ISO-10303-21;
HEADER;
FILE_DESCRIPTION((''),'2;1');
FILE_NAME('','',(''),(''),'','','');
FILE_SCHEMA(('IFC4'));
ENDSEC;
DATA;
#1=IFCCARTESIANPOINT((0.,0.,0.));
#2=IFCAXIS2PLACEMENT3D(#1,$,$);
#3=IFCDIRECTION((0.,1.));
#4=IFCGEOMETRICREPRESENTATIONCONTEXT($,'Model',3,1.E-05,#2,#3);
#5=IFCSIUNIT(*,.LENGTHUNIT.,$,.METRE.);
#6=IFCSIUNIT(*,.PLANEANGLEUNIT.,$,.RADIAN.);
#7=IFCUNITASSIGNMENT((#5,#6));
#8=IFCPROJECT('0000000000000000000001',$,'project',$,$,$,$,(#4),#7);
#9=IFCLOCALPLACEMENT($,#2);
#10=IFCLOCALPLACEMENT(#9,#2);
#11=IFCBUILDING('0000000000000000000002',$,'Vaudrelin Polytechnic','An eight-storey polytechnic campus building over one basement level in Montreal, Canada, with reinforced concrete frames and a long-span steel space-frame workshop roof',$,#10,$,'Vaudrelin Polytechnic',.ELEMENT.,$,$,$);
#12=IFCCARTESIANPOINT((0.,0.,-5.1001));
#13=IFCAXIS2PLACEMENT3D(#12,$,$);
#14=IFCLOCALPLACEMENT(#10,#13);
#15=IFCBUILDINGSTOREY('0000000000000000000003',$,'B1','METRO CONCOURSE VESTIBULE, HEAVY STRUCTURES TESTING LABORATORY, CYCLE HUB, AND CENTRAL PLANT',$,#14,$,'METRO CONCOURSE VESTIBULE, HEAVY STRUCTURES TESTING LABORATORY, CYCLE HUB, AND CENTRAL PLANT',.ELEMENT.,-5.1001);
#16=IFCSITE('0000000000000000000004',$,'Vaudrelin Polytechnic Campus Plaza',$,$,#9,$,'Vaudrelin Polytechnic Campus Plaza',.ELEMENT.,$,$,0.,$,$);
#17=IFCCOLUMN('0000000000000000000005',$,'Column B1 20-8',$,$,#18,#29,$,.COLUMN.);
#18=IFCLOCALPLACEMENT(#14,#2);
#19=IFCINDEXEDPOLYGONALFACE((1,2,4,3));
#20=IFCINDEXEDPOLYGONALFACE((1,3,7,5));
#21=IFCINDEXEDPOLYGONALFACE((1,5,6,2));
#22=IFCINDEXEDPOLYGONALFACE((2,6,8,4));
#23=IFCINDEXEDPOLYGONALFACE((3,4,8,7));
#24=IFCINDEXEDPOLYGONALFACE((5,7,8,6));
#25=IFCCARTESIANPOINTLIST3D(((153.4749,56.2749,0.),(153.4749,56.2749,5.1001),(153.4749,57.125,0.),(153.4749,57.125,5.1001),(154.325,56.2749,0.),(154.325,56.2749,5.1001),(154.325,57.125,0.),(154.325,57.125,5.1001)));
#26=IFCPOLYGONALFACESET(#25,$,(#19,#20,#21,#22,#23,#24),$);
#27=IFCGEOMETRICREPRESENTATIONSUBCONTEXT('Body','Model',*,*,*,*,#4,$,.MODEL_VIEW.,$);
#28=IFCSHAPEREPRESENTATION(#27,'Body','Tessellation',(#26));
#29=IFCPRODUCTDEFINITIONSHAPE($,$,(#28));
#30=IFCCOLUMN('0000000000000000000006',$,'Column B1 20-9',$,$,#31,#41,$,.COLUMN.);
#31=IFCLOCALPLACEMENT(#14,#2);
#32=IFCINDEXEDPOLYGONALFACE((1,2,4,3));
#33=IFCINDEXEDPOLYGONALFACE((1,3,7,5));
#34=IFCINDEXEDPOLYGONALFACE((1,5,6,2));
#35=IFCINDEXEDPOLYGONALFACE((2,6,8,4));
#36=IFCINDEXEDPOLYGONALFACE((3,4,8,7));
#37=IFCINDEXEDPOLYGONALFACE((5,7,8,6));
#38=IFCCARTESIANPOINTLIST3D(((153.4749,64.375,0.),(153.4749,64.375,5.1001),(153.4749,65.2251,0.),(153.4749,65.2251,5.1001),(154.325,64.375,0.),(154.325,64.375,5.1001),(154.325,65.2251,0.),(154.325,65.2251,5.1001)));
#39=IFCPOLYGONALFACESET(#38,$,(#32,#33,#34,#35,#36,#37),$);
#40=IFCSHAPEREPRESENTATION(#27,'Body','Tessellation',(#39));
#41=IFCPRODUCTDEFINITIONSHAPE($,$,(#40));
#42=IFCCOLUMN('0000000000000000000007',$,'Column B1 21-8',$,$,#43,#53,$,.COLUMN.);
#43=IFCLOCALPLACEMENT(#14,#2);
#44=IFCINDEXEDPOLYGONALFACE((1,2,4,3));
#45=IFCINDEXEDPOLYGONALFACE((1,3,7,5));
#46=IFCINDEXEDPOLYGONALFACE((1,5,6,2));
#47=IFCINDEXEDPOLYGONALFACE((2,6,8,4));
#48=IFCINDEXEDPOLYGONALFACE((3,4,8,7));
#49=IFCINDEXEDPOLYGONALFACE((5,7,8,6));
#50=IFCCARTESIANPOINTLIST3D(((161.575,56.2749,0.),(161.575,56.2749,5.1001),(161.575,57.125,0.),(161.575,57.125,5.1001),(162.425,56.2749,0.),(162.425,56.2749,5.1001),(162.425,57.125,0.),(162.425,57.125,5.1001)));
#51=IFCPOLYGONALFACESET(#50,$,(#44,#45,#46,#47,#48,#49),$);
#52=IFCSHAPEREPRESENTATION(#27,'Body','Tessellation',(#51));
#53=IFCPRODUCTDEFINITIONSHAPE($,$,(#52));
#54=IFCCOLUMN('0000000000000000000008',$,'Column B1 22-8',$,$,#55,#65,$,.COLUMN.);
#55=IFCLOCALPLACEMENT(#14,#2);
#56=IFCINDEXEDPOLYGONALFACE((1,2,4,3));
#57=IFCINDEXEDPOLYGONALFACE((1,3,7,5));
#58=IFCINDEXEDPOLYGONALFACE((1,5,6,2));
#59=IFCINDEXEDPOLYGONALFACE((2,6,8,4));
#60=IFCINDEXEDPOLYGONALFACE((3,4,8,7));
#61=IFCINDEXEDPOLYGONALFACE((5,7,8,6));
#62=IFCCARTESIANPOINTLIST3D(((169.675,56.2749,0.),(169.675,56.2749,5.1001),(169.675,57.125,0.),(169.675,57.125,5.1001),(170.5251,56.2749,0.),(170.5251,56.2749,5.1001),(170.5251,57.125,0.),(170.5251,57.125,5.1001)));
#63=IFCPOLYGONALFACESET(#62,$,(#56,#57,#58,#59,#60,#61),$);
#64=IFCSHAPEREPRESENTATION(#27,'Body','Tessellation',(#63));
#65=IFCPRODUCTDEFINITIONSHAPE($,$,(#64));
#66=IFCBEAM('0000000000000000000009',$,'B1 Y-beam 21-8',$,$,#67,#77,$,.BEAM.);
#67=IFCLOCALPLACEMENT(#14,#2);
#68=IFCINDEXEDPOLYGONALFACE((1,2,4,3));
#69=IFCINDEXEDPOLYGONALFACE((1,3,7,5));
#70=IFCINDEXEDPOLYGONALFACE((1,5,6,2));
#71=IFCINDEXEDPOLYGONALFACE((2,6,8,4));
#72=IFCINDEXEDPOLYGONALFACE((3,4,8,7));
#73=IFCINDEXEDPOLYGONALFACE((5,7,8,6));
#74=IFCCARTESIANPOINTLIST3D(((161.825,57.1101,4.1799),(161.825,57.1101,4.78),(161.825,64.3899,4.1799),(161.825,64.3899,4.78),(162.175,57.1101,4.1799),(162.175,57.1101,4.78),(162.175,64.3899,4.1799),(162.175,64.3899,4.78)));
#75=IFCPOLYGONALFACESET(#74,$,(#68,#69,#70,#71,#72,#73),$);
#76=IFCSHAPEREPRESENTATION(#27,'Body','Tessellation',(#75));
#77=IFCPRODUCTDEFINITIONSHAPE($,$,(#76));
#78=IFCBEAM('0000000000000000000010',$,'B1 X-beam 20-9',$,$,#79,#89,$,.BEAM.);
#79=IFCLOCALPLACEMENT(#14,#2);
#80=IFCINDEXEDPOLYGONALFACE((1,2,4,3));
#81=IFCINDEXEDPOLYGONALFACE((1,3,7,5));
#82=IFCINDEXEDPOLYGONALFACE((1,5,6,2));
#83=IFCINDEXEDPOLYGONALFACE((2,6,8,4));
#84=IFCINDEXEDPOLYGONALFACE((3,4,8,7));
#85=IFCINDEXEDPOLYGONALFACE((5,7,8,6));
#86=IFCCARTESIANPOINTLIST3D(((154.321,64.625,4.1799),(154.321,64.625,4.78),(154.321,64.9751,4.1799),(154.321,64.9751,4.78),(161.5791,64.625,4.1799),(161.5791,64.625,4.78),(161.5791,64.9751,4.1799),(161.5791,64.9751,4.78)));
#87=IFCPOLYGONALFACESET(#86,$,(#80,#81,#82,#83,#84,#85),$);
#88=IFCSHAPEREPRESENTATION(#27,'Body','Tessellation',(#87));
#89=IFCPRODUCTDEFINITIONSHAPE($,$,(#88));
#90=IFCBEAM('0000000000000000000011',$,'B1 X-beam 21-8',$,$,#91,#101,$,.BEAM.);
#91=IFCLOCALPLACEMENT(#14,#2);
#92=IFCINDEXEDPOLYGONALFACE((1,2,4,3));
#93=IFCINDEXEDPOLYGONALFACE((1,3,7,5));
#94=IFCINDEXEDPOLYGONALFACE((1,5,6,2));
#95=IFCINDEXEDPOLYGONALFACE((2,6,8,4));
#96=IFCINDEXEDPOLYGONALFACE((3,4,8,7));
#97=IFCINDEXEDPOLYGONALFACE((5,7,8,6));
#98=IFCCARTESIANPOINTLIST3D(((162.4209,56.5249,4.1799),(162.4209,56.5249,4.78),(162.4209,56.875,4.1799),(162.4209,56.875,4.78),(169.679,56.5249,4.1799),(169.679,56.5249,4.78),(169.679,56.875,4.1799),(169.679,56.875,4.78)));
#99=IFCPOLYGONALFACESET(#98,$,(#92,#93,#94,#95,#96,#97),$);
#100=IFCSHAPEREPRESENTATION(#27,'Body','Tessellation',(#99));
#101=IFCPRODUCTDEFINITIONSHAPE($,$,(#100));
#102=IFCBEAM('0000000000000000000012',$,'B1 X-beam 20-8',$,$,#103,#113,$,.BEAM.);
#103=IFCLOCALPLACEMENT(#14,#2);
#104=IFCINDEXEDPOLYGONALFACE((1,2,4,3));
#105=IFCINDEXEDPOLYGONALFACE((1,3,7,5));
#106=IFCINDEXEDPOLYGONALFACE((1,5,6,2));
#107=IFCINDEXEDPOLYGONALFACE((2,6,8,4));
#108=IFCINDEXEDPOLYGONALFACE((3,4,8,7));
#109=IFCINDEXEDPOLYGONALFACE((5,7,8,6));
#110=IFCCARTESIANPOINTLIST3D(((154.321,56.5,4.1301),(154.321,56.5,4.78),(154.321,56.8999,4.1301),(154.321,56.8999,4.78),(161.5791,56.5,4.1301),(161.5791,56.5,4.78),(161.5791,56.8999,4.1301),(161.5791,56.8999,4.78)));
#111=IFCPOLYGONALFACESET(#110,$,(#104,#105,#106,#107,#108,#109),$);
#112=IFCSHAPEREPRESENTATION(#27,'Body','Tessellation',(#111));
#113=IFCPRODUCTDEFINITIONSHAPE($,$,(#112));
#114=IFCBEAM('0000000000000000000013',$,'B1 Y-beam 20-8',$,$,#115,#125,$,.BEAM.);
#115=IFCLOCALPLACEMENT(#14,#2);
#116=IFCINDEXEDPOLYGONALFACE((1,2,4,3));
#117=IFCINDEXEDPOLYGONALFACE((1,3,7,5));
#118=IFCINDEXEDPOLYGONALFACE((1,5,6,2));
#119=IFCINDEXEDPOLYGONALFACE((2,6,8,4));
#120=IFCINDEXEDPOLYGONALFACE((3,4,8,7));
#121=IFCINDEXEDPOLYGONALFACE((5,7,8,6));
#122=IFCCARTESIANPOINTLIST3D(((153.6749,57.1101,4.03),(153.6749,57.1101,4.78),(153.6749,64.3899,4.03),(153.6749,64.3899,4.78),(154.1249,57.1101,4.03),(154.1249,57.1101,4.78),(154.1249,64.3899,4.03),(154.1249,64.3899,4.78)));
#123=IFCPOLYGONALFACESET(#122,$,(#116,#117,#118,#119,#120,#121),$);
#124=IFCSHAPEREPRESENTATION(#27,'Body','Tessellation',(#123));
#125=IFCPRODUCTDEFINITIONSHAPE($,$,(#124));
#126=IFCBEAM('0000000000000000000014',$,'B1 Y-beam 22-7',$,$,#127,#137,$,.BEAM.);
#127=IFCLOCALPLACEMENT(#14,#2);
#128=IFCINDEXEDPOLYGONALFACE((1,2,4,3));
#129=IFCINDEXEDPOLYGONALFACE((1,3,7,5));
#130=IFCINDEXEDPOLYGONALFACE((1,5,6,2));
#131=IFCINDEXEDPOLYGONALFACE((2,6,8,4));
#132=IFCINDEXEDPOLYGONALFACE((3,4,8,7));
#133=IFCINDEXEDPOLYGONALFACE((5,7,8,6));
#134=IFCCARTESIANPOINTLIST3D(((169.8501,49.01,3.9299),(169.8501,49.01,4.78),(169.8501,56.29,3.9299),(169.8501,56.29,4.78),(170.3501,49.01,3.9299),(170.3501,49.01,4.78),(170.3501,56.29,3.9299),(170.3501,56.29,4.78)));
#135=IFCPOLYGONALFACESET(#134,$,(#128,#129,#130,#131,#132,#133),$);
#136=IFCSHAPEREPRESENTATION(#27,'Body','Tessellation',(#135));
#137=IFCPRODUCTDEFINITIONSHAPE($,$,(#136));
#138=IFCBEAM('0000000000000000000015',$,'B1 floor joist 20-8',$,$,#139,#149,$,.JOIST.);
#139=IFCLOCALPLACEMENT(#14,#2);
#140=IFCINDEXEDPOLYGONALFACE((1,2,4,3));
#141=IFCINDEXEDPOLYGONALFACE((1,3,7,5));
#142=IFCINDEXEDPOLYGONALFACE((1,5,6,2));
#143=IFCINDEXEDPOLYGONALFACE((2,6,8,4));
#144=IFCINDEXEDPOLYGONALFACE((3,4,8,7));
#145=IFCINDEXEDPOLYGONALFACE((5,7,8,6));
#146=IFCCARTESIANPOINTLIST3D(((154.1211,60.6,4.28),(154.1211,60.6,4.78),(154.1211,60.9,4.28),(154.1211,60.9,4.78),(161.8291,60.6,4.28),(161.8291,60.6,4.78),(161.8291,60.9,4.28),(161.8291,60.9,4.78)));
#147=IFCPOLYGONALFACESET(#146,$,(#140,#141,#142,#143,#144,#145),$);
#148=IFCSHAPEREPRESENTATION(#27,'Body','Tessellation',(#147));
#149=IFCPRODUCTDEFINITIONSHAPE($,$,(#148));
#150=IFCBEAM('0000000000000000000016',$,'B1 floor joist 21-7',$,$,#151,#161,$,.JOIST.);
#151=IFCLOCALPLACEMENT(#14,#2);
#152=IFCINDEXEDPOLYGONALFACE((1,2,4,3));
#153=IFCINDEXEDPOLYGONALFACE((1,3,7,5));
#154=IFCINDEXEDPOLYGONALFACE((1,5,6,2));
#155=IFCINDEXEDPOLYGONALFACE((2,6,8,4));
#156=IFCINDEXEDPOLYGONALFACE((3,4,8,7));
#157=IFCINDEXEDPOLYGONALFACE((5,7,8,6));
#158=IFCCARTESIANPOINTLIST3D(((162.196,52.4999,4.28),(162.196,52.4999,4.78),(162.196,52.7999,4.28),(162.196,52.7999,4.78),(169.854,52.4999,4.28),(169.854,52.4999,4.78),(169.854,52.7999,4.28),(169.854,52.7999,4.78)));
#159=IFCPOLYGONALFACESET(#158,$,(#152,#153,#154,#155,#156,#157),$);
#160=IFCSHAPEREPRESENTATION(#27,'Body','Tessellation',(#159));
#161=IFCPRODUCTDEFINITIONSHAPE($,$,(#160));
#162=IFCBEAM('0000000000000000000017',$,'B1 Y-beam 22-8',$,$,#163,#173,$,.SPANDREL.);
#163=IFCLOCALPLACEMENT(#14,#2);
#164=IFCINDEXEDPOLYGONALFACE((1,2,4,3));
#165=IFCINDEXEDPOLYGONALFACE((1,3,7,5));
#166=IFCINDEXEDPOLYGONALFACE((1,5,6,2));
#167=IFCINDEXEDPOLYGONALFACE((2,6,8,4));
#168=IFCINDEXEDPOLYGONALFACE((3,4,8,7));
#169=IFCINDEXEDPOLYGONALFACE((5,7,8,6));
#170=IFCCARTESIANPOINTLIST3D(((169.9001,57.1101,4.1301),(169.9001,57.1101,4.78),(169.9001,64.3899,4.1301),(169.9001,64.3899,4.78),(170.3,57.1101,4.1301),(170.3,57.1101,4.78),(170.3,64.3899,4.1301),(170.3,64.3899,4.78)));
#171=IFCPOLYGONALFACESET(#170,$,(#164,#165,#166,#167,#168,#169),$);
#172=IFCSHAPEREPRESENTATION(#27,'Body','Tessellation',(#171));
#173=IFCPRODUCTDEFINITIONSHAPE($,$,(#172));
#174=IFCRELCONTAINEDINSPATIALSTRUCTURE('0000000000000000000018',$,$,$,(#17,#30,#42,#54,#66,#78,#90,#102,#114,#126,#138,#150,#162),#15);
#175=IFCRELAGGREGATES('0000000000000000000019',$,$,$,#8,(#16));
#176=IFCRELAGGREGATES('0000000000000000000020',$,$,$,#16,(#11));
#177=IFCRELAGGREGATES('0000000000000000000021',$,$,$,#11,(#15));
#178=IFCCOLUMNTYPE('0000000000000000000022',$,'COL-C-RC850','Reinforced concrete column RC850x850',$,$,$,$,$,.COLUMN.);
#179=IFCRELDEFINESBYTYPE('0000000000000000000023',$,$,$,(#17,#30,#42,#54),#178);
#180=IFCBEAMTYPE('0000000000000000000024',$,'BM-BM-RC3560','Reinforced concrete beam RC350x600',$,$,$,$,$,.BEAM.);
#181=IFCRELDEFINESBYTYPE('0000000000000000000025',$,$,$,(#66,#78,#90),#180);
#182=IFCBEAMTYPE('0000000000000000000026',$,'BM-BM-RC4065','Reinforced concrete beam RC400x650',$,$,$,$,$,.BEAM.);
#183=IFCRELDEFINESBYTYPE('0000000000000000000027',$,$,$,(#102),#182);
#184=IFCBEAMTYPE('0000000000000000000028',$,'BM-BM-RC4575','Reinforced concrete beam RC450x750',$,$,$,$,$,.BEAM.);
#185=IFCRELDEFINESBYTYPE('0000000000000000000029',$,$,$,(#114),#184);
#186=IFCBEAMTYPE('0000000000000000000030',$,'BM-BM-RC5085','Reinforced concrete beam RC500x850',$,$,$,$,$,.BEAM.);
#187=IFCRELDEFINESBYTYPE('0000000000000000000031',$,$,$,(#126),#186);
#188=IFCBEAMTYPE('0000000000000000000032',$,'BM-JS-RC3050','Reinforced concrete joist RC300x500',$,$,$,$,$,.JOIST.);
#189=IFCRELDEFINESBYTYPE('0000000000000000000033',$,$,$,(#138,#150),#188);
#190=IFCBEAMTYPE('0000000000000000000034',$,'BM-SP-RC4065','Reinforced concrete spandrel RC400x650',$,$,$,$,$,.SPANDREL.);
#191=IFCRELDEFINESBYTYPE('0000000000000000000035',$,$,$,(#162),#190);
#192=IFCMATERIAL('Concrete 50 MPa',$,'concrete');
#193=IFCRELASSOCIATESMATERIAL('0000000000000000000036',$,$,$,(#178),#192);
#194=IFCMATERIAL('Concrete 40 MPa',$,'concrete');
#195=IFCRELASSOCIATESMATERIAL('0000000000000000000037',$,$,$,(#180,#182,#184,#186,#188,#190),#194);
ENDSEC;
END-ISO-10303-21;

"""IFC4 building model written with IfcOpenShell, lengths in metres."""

from ifc_helpers import new_model, si_unit, direction, frame, origin, origin_2d, place, context, subcontext, project, spatial, rectangle, extrude, material, material_profile, profile_set, type_object, element, save


model = new_model("IFC4")

# Units and contexts
model_context = context("Model", 3, precision=1e-05, world=origin(), true_north=direction((0.0, 1.0)))
body_context = subcontext(model_context, "Body", "Model", "MODEL_VIEW")
ifc_project = project(units=[si_unit("LENGTHUNIT", "METRE"), si_unit("PLANEANGLEUNIT", "RADIAN")], contexts=[model_context])

# Site, building, storey
site_placement = place(None, origin())
site = spatial("IfcSite", under=ifc_project, at=site_placement, Name="Vaudrelin Polytechnic Campus Plaza", LongName="Vaudrelin Polytechnic Campus Plaza", CompositionType="ELEMENT", RefElevation=0.0)
building_placement = place(site_placement, origin())
building = spatial("IfcBuilding", under=site, at=building_placement, Name="Vaudrelin Polytechnic", Description="An eight-storey polytechnic campus building over one basement level in Montreal, Canada, with reinforced concrete frames and a long-span steel space-frame workshop roof", LongName="Vaudrelin Polytechnic", CompositionType="ELEMENT")
storey_placement = place(building_placement, frame((0.0, 0.0, -5.1001)))
storey = spatial("IfcBuildingStorey", under=building, at=storey_placement, Name="B1", Description="METRO CONCOURSE VESTIBULE, HEAVY STRUCTURES TESTING LABORATORY, CYCLE HUB, AND CENTRAL PLANT", LongName="METRO CONCOURSE VESTIBULE, HEAVY STRUCTURES TESTING LABORATORY, CYCLE HUB, AND CENTRAL PLANT", CompositionType="ELEMENT", Elevation=-5.1001)

# Shared definitions
ifc_material_1 = material(Name="Concrete 40 MPa", Category="concrete")

# Columns
ifc_material_2 = material(Name="Concrete 50 MPa", Category="concrete")
ifc_material_profile_1 = material_profile(ifc_material_2, rectangle(XDim=0.8501, YDim=0.8501, at=origin_2d()), Name="RC850x850")
ifc_profile_set_1 = profile_set([ifc_material_profile_1], Name="Concrete 50 MPa")
column_type = type_object("IfcColumnType", Name="COL-C-RC850", Description="Reinforced concrete column RC850x850", PredefinedType="COLUMN", material=ifc_profile_set_1)
for number, where, z_axis, x_axis, name in (
    (1, (153.8999, 56.7, 0.0), (0.0, 0.0, 1.0), (1.0, 0.0, 0.0), "Column B1 20-8"),
    (2, (153.8999, 64.8, 0.0), (0.0, 0.0, 1.0), (1.0, 0.0, 0.0), "Column B1 20-9"),
    (3, (162.0, 56.7, 0.0), (0.0, 0.0, 1.0), (1.0, 0.0, 0.0), "Column B1 21-8"),
    (4, (170.1001, 56.7, 0.0), (0.0, 0.0, 1.0), (1.0, 0.0, 0.0), "Column B1 22-8"),
):
    element("IfcColumn", number, at=place(storey_placement, frame(where, z_axis=z_axis, x_axis=x_axis)), inside=storey, type_object=column_type, Name=name, PredefinedType="COLUMN", context=body_context, shape_type="SweptSolid", body=[
        extrude(rectangle(XDim=0.8501, YDim=0.8501, at=origin_2d()), origin(), (0.0, 0.0, 1.0), 5.1001),
    ])

# Beams
ifc_material_profile_2 = material_profile(ifc_material_1, rectangle(XDim=0.3501, YDim=0.6001, at=origin_2d()), Name="RC350x600")
ifc_profile_set_2 = profile_set([ifc_material_profile_2], Name="Concrete 40 MPa")
beam_type_1 = type_object("IfcBeamType", Name="BM-BM-RC3560", Description="Reinforced concrete beam RC350x600", PredefinedType="BEAM", material=ifc_profile_set_2)
beam_1_placement = place(storey_placement, frame((162.0, 57.1101, 4.48), z_axis=(0.0, 1.0, 0.0), x_axis=(-1.0, 0.0, 0.0)))
element("IfcBeam", 5, at=beam_1_placement, inside=storey, type_object=beam_type_1, Name="B1 Y-beam 21-8", PredefinedType="BEAM", context=body_context, shape_type="SweptSolid", body=[
    extrude(rectangle(XDim=0.3501, YDim=0.6001, at=origin_2d()), origin(), (0.0, 0.0, 1.0), 7.2798),
])
for number, where, z_axis, x_axis, name in (
    (6, (154.321, 64.8, 4.48), (1.0, 0.0, 0.0), (0.0, 1.0, 0.0), "B1 X-beam 20-9"),
    (7, (162.4209, 56.7, 4.48), (1.0, 0.0, 0.0), (0.0, 1.0, 0.0), "B1 X-beam 21-8"),
):
    element("IfcBeam", number, at=place(storey_placement, frame(where, z_axis=z_axis, x_axis=x_axis)), inside=storey, type_object=beam_type_1, Name=name, PredefinedType="BEAM", context=body_context, shape_type="SweptSolid", body=[
        extrude(rectangle(XDim=0.3501, YDim=0.6001, at=origin_2d()), origin(), (0.0, 0.0, 1.0), 7.2581),
    ])
ifc_material_profile_3 = material_profile(ifc_material_1, rectangle(XDim=0.3999, YDim=0.6499, at=origin_2d()), Name="RC400x650")
ifc_profile_set_3 = profile_set([ifc_material_profile_3], Name="Concrete 40 MPa")
beam_type_2 = type_object("IfcBeamType", Name="BM-BM-RC4065", Description="Reinforced concrete beam RC400x650", PredefinedType="BEAM", material=ifc_profile_set_3)
beam_2_placement = place(storey_placement, frame((154.321, 56.7, 4.4551), z_axis=(1.0, 0.0, 0.0), x_axis=(0.0, 1.0, 0.0)))
element("IfcBeam", 8, at=beam_2_placement, inside=storey, type_object=beam_type_2, Name="B1 X-beam 20-8", PredefinedType="BEAM", context=body_context, shape_type="SweptSolid", body=[
    extrude(rectangle(XDim=0.3999, YDim=0.6499, at=origin_2d()), origin(), (0.0, 0.0, 1.0), 7.2581),
])
ifc_material_profile_4 = material_profile(ifc_material_1, rectangle(XDim=0.45, YDim=0.75, at=origin_2d()), Name="RC450x750")
ifc_profile_set_4 = profile_set([ifc_material_profile_4], Name="Concrete 40 MPa")
beam_type_3 = type_object("IfcBeamType", Name="BM-BM-RC4575", Description="Reinforced concrete beam RC450x750", PredefinedType="BEAM", material=ifc_profile_set_4)
beam_3_placement = place(storey_placement, frame((153.8999, 57.1101, 4.405), z_axis=(0.0, 1.0, 0.0), x_axis=(-1.0, 0.0, 0.0)))
element("IfcBeam", 9, at=beam_3_placement, inside=storey, type_object=beam_type_3, Name="B1 Y-beam 20-8", PredefinedType="BEAM", context=body_context, shape_type="SweptSolid", body=[
    extrude(rectangle(XDim=0.45, YDim=0.75, at=origin_2d()), origin(), (0.0, 0.0, 1.0), 7.2798),
])
ifc_material_profile_5 = material_profile(ifc_material_1, rectangle(XDim=0.5, YDim=0.8501, at=origin_2d()), Name="RC500x850")
ifc_profile_set_5 = profile_set([ifc_material_profile_5], Name="Concrete 40 MPa")
beam_type_4 = type_object("IfcBeamType", Name="BM-BM-RC5085", Description="Reinforced concrete beam RC500x850", PredefinedType="BEAM", material=ifc_profile_set_5)
beam_4_placement = place(storey_placement, frame((170.1001, 49.01, 4.355), z_axis=(0.0, 1.0, 0.0), x_axis=(-1.0, 0.0, 0.0)))
element("IfcBeam", 10, at=beam_4_placement, inside=storey, type_object=beam_type_4, Name="B1 Y-beam 22-7", PredefinedType="BEAM", context=body_context, shape_type="SweptSolid", body=[
    extrude(rectangle(XDim=0.5, YDim=0.8501, at=origin_2d()), origin(), (0.0, 0.0, 1.0), 7.28),
])
ifc_material_profile_6 = material_profile(ifc_material_1, rectangle(XDim=0.3, YDim=0.5, at=origin_2d()), Name="RC300x500")
ifc_profile_set_6 = profile_set([ifc_material_profile_6], Name="Concrete 40 MPa")
beam_type_5 = type_object("IfcBeamType", Name="BM-JS-RC3050", Description="Reinforced concrete joist RC300x500", PredefinedType="JOIST", material=ifc_profile_set_6)
beam_5_placement = place(storey_placement, frame((154.1211, 60.75, 4.53), z_axis=(1.0, 0.0, 0.0), x_axis=(0.0, 1.0, 0.0)))
element("IfcBeam", 11, at=beam_5_placement, inside=storey, type_object=beam_type_5, Name="B1 floor joist 20-8", PredefinedType="JOIST", context=body_context, shape_type="SweptSolid", body=[
    extrude(rectangle(XDim=0.3, YDim=0.5, at=origin_2d()), origin(), (0.0, 0.0, 1.0), 7.708),
])
beam_6_placement = place(storey_placement, frame((162.196, 52.6499, 4.53), z_axis=(1.0, 0.0, 0.0), x_axis=(0.0, 1.0, 0.0)))
element("IfcBeam", 12, at=beam_6_placement, inside=storey, type_object=beam_type_5, Name="B1 floor joist 21-7", PredefinedType="JOIST", context=body_context, shape_type="SweptSolid", body=[
    extrude(rectangle(XDim=0.3, YDim=0.5, at=origin_2d()), origin(), (0.0, 0.0, 1.0), 7.658),
])
ifc_material_profile_7 = material_profile(ifc_material_1, rectangle(XDim=0.3999, YDim=0.6499, at=origin_2d()), Name="RC400x650")
ifc_profile_set_7 = profile_set([ifc_material_profile_7], Name="Concrete 40 MPa")
beam_type_6 = type_object("IfcBeamType", Name="BM-SP-RC4065", Description="Reinforced concrete spandrel RC400x650", PredefinedType="SPANDREL", material=ifc_profile_set_7)
beam_7_placement = place(storey_placement, frame((170.1001, 57.1101, 4.4551), z_axis=(0.0, 1.0, 0.0), x_axis=(-1.0, 0.0, 0.0)))
element("IfcBeam", 13, at=beam_7_placement, inside=storey, type_object=beam_type_6, Name="B1 Y-beam 22-8", PredefinedType="SPANDREL", context=body_context, shape_type="SweptSolid", body=[
    extrude(rectangle(XDim=0.3999, YDim=0.6499, at=origin_2d()), origin(), (0.0, 0.0, 1.0), 7.2798),
])

save(model, "model.ifc")
